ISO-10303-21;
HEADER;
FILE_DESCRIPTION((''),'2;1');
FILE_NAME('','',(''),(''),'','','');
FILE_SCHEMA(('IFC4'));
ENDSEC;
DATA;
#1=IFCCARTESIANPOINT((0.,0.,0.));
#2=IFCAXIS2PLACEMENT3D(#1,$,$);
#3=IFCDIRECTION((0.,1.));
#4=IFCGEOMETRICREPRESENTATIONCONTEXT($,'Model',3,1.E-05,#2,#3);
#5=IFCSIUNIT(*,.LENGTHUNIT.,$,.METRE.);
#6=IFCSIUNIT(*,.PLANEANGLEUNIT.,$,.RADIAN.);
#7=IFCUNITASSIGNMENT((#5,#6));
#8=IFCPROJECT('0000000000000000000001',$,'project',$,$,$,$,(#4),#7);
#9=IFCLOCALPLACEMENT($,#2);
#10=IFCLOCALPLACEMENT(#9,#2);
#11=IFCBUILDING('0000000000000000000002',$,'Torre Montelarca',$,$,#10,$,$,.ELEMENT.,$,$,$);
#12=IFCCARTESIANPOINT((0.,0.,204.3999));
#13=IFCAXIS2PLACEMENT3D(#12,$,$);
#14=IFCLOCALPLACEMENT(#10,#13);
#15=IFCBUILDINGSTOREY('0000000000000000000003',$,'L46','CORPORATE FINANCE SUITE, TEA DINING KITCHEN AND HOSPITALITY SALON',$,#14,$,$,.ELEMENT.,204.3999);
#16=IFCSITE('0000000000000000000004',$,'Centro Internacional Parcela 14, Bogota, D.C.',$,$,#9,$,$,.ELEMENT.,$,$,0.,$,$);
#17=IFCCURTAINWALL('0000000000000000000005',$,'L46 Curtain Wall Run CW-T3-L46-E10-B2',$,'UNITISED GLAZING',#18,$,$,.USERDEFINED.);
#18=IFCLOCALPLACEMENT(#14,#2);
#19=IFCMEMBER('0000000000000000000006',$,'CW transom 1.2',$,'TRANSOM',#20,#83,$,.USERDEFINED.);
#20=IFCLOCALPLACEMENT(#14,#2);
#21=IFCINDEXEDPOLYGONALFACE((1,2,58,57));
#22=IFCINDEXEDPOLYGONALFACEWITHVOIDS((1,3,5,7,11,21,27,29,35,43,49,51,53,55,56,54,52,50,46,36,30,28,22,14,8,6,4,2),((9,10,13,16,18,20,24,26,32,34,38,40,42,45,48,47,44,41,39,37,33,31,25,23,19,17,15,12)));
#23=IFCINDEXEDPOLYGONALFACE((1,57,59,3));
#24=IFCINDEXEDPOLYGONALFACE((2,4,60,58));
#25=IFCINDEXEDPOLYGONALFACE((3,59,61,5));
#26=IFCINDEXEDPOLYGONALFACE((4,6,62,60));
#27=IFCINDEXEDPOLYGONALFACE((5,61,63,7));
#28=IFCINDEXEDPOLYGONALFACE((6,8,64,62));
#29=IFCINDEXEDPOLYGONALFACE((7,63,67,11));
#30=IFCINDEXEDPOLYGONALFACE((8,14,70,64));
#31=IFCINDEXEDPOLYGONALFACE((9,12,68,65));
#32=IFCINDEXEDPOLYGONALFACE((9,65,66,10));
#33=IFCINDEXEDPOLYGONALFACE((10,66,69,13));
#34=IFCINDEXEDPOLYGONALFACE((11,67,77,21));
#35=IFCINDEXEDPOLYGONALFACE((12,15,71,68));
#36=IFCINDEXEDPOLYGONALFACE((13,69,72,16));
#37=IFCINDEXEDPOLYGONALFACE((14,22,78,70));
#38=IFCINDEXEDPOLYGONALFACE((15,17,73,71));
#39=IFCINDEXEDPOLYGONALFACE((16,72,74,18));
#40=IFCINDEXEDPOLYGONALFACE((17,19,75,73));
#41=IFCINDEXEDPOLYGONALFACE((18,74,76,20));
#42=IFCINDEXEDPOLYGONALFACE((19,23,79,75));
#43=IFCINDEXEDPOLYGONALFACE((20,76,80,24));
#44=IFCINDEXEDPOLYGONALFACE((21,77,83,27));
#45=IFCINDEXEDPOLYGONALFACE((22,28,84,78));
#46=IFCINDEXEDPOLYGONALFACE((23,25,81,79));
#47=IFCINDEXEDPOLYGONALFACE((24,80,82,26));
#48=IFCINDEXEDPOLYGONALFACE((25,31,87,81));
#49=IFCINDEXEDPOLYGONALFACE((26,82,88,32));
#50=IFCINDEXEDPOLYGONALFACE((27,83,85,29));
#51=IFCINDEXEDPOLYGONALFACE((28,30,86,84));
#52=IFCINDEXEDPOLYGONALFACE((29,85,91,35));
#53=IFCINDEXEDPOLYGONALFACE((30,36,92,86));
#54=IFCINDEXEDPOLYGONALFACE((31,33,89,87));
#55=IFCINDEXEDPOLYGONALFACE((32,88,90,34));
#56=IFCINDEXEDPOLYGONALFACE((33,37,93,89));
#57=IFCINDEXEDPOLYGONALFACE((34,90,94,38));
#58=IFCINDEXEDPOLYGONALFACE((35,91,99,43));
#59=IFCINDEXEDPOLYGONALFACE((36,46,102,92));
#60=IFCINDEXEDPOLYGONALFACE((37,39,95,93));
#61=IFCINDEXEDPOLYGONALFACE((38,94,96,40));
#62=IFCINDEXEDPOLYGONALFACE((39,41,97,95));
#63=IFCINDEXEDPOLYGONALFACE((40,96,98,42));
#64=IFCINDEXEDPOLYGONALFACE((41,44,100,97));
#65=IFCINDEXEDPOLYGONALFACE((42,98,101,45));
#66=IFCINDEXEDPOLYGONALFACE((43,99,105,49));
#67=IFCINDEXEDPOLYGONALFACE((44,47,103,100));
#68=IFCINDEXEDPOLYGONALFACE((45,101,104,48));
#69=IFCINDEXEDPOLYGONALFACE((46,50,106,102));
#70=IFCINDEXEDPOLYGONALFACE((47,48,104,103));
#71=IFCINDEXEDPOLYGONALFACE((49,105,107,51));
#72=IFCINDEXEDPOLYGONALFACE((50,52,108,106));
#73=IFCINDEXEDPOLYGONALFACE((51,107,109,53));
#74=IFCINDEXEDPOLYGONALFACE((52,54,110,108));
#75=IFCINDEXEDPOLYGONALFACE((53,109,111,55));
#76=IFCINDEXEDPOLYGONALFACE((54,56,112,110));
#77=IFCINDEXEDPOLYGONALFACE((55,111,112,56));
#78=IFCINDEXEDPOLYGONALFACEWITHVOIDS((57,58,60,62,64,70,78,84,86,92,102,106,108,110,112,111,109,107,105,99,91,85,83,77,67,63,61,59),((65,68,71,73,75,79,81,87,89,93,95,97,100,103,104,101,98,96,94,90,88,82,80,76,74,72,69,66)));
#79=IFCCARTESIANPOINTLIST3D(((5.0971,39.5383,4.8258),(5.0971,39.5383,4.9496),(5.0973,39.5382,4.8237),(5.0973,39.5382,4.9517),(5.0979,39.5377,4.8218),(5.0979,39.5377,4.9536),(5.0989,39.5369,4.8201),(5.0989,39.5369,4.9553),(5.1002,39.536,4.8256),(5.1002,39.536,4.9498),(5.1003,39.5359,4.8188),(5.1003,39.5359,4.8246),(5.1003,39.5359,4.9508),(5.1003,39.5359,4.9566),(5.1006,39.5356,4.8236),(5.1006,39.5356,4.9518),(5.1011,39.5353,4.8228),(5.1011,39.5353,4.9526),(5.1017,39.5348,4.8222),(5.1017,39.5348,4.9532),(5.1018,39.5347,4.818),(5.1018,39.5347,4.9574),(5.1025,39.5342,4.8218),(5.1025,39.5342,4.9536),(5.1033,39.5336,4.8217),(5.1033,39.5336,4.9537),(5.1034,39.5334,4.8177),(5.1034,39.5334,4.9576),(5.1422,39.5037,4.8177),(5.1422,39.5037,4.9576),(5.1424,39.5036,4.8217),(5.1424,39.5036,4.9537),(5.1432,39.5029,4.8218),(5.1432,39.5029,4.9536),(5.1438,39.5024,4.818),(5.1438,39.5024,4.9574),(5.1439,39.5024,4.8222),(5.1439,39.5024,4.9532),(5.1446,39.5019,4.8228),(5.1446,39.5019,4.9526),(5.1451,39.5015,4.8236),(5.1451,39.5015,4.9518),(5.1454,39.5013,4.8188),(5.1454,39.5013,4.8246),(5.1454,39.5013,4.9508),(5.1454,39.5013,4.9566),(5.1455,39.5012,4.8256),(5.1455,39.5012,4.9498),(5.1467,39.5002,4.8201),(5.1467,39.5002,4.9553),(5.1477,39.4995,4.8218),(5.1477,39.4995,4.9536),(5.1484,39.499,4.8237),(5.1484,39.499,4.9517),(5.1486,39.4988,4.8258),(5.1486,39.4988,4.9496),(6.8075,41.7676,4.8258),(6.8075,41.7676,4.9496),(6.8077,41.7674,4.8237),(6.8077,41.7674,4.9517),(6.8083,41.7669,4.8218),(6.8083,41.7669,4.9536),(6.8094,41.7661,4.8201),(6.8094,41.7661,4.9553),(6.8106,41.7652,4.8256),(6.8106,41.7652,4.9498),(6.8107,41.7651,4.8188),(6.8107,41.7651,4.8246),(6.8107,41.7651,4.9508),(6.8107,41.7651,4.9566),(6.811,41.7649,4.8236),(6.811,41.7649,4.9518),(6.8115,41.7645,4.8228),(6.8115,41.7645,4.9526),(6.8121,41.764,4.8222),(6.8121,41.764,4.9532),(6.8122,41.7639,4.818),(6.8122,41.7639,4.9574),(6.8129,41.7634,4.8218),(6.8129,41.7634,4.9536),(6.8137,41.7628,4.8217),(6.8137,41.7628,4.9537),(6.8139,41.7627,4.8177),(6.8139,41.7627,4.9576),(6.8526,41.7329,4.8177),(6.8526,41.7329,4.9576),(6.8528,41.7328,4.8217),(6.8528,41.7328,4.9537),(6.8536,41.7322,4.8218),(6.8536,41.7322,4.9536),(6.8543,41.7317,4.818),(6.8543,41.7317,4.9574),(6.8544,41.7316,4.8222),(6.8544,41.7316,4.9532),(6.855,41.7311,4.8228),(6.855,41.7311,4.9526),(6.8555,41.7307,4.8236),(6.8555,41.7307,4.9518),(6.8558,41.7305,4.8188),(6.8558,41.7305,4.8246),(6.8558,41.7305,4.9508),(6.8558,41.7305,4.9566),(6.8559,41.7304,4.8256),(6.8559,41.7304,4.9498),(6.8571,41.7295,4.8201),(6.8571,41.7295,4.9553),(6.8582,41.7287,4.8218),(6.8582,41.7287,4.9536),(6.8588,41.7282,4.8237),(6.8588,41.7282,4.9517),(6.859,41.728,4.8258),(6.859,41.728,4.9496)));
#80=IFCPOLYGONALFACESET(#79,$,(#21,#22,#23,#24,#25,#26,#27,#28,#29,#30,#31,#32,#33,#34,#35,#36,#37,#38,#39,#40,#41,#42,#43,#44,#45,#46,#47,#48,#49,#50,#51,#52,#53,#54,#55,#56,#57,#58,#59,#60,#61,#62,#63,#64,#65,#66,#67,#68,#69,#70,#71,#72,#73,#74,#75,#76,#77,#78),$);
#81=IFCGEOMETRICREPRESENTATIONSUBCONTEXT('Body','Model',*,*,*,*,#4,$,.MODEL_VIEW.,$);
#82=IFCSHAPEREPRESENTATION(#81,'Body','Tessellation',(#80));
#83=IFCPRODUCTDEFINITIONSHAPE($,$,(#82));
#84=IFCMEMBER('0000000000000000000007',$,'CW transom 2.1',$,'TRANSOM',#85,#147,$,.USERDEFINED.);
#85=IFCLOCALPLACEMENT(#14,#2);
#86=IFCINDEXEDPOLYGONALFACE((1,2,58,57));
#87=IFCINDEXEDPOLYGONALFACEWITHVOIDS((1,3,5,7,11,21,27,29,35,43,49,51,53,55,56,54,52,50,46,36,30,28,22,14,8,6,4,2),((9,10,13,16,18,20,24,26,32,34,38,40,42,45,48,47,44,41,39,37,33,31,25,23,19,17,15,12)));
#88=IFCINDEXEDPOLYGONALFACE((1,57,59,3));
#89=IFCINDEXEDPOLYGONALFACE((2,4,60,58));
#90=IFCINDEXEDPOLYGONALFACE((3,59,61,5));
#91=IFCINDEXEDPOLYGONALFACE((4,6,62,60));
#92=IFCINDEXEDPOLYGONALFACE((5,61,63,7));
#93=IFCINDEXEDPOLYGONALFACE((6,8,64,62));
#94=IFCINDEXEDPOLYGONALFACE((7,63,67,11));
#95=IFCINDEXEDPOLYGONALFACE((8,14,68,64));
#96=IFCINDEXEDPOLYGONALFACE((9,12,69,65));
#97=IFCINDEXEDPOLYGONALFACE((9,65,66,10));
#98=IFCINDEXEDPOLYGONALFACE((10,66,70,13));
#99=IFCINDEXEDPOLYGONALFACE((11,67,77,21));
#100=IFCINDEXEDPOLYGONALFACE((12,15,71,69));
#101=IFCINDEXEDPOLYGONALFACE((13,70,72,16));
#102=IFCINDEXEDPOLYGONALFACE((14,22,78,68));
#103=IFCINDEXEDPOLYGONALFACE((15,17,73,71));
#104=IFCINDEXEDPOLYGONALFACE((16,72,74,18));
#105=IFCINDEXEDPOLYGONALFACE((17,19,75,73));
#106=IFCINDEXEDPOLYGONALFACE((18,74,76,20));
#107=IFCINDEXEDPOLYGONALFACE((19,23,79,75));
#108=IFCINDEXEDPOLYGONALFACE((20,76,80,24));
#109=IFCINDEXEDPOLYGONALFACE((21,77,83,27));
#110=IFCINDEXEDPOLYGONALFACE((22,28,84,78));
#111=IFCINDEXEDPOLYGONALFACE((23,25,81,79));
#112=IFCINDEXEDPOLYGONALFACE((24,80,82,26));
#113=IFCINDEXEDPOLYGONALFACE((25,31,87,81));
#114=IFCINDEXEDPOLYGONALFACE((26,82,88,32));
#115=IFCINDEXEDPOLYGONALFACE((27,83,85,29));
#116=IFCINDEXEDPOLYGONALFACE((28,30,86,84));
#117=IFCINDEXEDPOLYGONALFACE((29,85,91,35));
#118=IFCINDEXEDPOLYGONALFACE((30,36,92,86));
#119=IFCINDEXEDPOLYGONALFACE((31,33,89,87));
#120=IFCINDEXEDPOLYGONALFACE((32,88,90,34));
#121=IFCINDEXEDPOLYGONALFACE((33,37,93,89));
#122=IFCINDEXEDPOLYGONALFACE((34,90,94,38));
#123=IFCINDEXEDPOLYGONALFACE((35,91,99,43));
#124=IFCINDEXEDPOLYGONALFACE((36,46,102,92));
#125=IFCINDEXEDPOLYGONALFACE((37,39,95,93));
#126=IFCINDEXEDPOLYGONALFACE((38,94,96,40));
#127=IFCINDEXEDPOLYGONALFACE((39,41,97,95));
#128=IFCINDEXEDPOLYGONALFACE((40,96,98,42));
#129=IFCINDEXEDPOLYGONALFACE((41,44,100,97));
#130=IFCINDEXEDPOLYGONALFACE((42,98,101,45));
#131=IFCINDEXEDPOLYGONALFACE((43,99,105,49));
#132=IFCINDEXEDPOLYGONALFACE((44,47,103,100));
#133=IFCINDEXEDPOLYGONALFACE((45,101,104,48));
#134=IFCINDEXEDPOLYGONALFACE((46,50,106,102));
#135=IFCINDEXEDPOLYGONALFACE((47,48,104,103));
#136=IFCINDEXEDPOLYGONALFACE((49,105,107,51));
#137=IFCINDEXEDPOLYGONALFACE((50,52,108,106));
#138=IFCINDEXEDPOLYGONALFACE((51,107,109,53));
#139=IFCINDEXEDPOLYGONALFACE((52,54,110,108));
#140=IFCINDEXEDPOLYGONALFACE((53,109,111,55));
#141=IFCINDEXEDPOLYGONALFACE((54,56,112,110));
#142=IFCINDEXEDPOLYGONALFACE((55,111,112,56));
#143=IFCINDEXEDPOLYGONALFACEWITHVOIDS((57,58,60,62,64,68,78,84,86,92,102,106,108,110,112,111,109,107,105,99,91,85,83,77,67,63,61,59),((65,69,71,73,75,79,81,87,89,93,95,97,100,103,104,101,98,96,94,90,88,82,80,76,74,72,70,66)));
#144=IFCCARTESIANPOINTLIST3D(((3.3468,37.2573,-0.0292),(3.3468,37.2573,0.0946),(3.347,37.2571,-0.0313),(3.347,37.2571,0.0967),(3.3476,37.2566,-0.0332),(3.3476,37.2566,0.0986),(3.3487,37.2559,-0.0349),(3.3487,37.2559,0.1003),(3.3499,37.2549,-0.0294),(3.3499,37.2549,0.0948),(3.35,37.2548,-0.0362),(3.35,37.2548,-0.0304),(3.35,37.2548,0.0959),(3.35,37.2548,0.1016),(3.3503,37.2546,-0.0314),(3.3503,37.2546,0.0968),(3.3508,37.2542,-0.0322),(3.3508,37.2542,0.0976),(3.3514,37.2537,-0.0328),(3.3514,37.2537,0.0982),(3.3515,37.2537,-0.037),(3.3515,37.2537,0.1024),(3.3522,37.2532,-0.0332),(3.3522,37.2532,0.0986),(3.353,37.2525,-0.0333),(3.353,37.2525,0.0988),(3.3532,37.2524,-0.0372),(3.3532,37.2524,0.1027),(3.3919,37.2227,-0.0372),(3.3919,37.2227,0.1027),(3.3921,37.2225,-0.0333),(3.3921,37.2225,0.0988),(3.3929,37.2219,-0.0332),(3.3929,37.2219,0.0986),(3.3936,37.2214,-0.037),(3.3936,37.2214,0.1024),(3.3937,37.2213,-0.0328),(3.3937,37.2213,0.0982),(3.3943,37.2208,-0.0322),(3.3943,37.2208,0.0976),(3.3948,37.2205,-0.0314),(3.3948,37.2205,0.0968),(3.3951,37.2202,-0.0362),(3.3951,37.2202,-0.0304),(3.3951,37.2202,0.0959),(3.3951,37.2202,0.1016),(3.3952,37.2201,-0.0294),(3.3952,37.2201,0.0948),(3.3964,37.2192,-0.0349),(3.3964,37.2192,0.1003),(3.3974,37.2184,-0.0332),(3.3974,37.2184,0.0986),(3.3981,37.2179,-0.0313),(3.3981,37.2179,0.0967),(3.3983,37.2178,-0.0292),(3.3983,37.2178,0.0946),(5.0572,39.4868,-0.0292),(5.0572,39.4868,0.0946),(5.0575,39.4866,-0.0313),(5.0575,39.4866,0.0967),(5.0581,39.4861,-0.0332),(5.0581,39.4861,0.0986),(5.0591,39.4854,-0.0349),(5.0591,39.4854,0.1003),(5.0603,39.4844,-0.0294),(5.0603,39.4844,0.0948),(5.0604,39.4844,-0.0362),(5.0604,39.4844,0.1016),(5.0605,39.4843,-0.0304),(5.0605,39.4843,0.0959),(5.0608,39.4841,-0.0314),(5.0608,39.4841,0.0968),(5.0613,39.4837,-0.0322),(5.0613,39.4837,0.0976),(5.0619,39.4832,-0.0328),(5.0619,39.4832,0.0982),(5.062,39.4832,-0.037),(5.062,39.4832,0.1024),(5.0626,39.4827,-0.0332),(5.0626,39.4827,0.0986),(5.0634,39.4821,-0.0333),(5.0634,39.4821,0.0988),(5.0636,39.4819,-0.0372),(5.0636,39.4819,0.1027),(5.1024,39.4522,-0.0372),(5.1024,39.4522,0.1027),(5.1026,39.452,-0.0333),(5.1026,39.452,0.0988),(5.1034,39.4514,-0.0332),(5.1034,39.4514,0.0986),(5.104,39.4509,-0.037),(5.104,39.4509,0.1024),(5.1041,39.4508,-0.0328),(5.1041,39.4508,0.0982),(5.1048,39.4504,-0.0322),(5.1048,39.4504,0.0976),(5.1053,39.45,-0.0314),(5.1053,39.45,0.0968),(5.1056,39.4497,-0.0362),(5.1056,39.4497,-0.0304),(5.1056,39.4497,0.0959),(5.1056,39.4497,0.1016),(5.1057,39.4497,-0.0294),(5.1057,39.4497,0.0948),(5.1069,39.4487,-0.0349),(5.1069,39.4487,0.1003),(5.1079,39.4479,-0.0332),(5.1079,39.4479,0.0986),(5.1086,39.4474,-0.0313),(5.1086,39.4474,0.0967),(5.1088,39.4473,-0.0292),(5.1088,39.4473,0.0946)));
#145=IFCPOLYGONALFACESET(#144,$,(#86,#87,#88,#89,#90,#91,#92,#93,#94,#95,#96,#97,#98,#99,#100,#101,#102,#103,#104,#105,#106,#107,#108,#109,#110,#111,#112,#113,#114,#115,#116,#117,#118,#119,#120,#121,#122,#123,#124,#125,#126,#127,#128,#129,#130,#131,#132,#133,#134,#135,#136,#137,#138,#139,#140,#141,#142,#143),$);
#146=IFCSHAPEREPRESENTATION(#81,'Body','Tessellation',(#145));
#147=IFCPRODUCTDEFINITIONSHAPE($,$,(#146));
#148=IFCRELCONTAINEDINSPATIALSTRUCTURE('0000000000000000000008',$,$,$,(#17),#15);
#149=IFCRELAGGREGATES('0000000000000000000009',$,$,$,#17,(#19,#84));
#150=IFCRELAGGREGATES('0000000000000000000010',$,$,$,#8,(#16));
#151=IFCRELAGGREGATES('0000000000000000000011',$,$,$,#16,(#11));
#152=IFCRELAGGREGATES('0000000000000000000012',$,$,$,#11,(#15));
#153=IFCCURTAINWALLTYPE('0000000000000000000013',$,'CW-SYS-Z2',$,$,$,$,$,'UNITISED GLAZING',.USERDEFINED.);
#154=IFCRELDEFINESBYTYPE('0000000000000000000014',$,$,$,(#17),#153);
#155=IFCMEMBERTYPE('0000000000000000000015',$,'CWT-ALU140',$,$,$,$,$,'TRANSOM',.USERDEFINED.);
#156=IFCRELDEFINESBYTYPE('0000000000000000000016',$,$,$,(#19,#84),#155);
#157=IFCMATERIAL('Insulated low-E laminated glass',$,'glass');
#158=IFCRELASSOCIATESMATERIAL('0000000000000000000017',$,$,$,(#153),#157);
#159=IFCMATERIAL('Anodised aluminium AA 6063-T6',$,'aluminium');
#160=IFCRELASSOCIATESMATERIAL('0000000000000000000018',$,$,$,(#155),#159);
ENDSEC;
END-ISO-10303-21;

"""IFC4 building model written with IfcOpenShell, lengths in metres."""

from ifc_helpers import new_model, si_unit, direction, frame, origin, origin_2d, place, context, subcontext, project, spatial, hollow_rectangle, extrude, source, transform, mapped, material, material_profile, profile_set, type_object, element, aggregate, save


model = new_model("IFC4")

# Units and contexts
model_context = context("Model", 3, precision=1e-05, world=origin(), true_north=direction((0.0, 1.0)))
body_context = subcontext(model_context, "Body", "Model", "MODEL_VIEW")
ifc_project = project(units=[si_unit("LENGTHUNIT", "METRE"), si_unit("PLANEANGLEUNIT", "RADIAN")], contexts=[model_context])

# Site, building, storey
site_placement = place(None, origin())
site = spatial("IfcSite", under=ifc_project, at=site_placement, Name="Centro Internacional Parcela 14, Bogota, D.C.", CompositionType="ELEMENT", RefElevation=0.0)
building_placement = place(site_placement, origin())
building = spatial("IfcBuilding", under=site, at=building_placement, Name="Torre Montelarca", CompositionType="ELEMENT")
storey_placement = place(building_placement, frame((0.0, 0.0, 204.3999)))
storey = spatial("IfcBuildingStorey", under=building, at=storey_placement, Name="L46", Description="CORPORATE FINANCE SUITE, TEA DINING KITCHEN AND HOSPITALITY SALON", CompositionType="ELEMENT", Elevation=204.3999)

# Shared definitions
ifc_material_1 = material(Name="Insulated low-E laminated glass", Category="glass")
curtain_wall_type = type_object("IfcCurtainWallType", Name="CW-SYS-Z2", ElementType="UNITISED GLAZING", PredefinedType="USERDEFINED", material=ifc_material_1)
ifc_material_2 = material(Name="Anodised aluminium AA 6063-T6", Category="aluminium")
ifc_material_profile_1 = material_profile(ifc_material_2, hollow_rectangle(XDim=0.0649, YDim=0.1399, WallThickness=0.0039, InnerFilletRadius=0.0039, OuterFilletRadius=0.0081, at=origin_2d()), Name="ALU65X140X4", Category="aluminium")
ifc_profile_set_1 = profile_set([ifc_material_profile_1], Name="Anodised aluminium AA 6063-T6")
member_type_1 = type_object("IfcMemberType", Name="CWT-ALU140", ElementType="TRANSOM", PredefinedType="USERDEFINED", material=ifc_profile_set_1)

# Curtain wall, members
curtain_wall_1_placement = place(storey_placement, origin())
curtain_wall_1 = element("IfcCurtainWall", 1, at=curtain_wall_1_placement, inside=storey, type_object=curtain_wall_type, Name="L46 Curtain Wall Run CW-T3-L46-E10-B2", ObjectType="UNITISED GLAZING", PredefinedType="USERDEFINED")
shared_shape_1 = source(origin(), body_context, "Body", "SweptSolid", [
    extrude(hollow_rectangle(XDim=0.0649, YDim=0.1399, WallThickness=0.0039, InnerFilletRadius=0.0039, OuterFilletRadius=0.0081, at=origin_2d()), origin(), (0.0, 0.0, 1.0), 2.8098),
])
member_1_placement = place(storey_placement, frame((6.8333, 41.7478, 4.8877), z_axis=(-0.608736, -0.793373, 0.0), x_axis=(0.793373, -0.608736, 0.0)))
member_1 = element("IfcMember", 2, at=member_1_placement, type_object=member_type_1, Name="CW transom 1.2", ObjectType="TRANSOM", PredefinedType="USERDEFINED", context=body_context, shape_type="MappedRepresentation", body=[
    mapped(shared_shape_1, transform((0.0, 0.0, 0.0), scale=1.0)),
])
shared_shape_2 = source(origin(), body_context, "Body", "SweptSolid", [
    extrude(hollow_rectangle(XDim=0.0649, YDim=0.1399, WallThickness=0.0039, InnerFilletRadius=0.0039, OuterFilletRadius=0.0081, at=origin_2d()), origin(), (0.0, 0.0, 1.0), 2.8101),
])
member_2_placement = place(storey_placement, frame((5.083, 39.467, 0.0327), z_axis=(-0.608694, -0.793405, 0.0), x_axis=(0.793405, -0.608694, 0.0)))
member_2 = element("IfcMember", 3, at=member_2_placement, type_object=member_type_1, Name="CW transom 2.1", ObjectType="TRANSOM", PredefinedType="USERDEFINED", context=body_context, shape_type="MappedRepresentation", body=[
    mapped(shared_shape_2, transform((0.0, 0.0, 0.0), scale=1.0)),
])

aggregate(curtain_wall_1, [member_1, member_2])

save(model, "model.ifc")
